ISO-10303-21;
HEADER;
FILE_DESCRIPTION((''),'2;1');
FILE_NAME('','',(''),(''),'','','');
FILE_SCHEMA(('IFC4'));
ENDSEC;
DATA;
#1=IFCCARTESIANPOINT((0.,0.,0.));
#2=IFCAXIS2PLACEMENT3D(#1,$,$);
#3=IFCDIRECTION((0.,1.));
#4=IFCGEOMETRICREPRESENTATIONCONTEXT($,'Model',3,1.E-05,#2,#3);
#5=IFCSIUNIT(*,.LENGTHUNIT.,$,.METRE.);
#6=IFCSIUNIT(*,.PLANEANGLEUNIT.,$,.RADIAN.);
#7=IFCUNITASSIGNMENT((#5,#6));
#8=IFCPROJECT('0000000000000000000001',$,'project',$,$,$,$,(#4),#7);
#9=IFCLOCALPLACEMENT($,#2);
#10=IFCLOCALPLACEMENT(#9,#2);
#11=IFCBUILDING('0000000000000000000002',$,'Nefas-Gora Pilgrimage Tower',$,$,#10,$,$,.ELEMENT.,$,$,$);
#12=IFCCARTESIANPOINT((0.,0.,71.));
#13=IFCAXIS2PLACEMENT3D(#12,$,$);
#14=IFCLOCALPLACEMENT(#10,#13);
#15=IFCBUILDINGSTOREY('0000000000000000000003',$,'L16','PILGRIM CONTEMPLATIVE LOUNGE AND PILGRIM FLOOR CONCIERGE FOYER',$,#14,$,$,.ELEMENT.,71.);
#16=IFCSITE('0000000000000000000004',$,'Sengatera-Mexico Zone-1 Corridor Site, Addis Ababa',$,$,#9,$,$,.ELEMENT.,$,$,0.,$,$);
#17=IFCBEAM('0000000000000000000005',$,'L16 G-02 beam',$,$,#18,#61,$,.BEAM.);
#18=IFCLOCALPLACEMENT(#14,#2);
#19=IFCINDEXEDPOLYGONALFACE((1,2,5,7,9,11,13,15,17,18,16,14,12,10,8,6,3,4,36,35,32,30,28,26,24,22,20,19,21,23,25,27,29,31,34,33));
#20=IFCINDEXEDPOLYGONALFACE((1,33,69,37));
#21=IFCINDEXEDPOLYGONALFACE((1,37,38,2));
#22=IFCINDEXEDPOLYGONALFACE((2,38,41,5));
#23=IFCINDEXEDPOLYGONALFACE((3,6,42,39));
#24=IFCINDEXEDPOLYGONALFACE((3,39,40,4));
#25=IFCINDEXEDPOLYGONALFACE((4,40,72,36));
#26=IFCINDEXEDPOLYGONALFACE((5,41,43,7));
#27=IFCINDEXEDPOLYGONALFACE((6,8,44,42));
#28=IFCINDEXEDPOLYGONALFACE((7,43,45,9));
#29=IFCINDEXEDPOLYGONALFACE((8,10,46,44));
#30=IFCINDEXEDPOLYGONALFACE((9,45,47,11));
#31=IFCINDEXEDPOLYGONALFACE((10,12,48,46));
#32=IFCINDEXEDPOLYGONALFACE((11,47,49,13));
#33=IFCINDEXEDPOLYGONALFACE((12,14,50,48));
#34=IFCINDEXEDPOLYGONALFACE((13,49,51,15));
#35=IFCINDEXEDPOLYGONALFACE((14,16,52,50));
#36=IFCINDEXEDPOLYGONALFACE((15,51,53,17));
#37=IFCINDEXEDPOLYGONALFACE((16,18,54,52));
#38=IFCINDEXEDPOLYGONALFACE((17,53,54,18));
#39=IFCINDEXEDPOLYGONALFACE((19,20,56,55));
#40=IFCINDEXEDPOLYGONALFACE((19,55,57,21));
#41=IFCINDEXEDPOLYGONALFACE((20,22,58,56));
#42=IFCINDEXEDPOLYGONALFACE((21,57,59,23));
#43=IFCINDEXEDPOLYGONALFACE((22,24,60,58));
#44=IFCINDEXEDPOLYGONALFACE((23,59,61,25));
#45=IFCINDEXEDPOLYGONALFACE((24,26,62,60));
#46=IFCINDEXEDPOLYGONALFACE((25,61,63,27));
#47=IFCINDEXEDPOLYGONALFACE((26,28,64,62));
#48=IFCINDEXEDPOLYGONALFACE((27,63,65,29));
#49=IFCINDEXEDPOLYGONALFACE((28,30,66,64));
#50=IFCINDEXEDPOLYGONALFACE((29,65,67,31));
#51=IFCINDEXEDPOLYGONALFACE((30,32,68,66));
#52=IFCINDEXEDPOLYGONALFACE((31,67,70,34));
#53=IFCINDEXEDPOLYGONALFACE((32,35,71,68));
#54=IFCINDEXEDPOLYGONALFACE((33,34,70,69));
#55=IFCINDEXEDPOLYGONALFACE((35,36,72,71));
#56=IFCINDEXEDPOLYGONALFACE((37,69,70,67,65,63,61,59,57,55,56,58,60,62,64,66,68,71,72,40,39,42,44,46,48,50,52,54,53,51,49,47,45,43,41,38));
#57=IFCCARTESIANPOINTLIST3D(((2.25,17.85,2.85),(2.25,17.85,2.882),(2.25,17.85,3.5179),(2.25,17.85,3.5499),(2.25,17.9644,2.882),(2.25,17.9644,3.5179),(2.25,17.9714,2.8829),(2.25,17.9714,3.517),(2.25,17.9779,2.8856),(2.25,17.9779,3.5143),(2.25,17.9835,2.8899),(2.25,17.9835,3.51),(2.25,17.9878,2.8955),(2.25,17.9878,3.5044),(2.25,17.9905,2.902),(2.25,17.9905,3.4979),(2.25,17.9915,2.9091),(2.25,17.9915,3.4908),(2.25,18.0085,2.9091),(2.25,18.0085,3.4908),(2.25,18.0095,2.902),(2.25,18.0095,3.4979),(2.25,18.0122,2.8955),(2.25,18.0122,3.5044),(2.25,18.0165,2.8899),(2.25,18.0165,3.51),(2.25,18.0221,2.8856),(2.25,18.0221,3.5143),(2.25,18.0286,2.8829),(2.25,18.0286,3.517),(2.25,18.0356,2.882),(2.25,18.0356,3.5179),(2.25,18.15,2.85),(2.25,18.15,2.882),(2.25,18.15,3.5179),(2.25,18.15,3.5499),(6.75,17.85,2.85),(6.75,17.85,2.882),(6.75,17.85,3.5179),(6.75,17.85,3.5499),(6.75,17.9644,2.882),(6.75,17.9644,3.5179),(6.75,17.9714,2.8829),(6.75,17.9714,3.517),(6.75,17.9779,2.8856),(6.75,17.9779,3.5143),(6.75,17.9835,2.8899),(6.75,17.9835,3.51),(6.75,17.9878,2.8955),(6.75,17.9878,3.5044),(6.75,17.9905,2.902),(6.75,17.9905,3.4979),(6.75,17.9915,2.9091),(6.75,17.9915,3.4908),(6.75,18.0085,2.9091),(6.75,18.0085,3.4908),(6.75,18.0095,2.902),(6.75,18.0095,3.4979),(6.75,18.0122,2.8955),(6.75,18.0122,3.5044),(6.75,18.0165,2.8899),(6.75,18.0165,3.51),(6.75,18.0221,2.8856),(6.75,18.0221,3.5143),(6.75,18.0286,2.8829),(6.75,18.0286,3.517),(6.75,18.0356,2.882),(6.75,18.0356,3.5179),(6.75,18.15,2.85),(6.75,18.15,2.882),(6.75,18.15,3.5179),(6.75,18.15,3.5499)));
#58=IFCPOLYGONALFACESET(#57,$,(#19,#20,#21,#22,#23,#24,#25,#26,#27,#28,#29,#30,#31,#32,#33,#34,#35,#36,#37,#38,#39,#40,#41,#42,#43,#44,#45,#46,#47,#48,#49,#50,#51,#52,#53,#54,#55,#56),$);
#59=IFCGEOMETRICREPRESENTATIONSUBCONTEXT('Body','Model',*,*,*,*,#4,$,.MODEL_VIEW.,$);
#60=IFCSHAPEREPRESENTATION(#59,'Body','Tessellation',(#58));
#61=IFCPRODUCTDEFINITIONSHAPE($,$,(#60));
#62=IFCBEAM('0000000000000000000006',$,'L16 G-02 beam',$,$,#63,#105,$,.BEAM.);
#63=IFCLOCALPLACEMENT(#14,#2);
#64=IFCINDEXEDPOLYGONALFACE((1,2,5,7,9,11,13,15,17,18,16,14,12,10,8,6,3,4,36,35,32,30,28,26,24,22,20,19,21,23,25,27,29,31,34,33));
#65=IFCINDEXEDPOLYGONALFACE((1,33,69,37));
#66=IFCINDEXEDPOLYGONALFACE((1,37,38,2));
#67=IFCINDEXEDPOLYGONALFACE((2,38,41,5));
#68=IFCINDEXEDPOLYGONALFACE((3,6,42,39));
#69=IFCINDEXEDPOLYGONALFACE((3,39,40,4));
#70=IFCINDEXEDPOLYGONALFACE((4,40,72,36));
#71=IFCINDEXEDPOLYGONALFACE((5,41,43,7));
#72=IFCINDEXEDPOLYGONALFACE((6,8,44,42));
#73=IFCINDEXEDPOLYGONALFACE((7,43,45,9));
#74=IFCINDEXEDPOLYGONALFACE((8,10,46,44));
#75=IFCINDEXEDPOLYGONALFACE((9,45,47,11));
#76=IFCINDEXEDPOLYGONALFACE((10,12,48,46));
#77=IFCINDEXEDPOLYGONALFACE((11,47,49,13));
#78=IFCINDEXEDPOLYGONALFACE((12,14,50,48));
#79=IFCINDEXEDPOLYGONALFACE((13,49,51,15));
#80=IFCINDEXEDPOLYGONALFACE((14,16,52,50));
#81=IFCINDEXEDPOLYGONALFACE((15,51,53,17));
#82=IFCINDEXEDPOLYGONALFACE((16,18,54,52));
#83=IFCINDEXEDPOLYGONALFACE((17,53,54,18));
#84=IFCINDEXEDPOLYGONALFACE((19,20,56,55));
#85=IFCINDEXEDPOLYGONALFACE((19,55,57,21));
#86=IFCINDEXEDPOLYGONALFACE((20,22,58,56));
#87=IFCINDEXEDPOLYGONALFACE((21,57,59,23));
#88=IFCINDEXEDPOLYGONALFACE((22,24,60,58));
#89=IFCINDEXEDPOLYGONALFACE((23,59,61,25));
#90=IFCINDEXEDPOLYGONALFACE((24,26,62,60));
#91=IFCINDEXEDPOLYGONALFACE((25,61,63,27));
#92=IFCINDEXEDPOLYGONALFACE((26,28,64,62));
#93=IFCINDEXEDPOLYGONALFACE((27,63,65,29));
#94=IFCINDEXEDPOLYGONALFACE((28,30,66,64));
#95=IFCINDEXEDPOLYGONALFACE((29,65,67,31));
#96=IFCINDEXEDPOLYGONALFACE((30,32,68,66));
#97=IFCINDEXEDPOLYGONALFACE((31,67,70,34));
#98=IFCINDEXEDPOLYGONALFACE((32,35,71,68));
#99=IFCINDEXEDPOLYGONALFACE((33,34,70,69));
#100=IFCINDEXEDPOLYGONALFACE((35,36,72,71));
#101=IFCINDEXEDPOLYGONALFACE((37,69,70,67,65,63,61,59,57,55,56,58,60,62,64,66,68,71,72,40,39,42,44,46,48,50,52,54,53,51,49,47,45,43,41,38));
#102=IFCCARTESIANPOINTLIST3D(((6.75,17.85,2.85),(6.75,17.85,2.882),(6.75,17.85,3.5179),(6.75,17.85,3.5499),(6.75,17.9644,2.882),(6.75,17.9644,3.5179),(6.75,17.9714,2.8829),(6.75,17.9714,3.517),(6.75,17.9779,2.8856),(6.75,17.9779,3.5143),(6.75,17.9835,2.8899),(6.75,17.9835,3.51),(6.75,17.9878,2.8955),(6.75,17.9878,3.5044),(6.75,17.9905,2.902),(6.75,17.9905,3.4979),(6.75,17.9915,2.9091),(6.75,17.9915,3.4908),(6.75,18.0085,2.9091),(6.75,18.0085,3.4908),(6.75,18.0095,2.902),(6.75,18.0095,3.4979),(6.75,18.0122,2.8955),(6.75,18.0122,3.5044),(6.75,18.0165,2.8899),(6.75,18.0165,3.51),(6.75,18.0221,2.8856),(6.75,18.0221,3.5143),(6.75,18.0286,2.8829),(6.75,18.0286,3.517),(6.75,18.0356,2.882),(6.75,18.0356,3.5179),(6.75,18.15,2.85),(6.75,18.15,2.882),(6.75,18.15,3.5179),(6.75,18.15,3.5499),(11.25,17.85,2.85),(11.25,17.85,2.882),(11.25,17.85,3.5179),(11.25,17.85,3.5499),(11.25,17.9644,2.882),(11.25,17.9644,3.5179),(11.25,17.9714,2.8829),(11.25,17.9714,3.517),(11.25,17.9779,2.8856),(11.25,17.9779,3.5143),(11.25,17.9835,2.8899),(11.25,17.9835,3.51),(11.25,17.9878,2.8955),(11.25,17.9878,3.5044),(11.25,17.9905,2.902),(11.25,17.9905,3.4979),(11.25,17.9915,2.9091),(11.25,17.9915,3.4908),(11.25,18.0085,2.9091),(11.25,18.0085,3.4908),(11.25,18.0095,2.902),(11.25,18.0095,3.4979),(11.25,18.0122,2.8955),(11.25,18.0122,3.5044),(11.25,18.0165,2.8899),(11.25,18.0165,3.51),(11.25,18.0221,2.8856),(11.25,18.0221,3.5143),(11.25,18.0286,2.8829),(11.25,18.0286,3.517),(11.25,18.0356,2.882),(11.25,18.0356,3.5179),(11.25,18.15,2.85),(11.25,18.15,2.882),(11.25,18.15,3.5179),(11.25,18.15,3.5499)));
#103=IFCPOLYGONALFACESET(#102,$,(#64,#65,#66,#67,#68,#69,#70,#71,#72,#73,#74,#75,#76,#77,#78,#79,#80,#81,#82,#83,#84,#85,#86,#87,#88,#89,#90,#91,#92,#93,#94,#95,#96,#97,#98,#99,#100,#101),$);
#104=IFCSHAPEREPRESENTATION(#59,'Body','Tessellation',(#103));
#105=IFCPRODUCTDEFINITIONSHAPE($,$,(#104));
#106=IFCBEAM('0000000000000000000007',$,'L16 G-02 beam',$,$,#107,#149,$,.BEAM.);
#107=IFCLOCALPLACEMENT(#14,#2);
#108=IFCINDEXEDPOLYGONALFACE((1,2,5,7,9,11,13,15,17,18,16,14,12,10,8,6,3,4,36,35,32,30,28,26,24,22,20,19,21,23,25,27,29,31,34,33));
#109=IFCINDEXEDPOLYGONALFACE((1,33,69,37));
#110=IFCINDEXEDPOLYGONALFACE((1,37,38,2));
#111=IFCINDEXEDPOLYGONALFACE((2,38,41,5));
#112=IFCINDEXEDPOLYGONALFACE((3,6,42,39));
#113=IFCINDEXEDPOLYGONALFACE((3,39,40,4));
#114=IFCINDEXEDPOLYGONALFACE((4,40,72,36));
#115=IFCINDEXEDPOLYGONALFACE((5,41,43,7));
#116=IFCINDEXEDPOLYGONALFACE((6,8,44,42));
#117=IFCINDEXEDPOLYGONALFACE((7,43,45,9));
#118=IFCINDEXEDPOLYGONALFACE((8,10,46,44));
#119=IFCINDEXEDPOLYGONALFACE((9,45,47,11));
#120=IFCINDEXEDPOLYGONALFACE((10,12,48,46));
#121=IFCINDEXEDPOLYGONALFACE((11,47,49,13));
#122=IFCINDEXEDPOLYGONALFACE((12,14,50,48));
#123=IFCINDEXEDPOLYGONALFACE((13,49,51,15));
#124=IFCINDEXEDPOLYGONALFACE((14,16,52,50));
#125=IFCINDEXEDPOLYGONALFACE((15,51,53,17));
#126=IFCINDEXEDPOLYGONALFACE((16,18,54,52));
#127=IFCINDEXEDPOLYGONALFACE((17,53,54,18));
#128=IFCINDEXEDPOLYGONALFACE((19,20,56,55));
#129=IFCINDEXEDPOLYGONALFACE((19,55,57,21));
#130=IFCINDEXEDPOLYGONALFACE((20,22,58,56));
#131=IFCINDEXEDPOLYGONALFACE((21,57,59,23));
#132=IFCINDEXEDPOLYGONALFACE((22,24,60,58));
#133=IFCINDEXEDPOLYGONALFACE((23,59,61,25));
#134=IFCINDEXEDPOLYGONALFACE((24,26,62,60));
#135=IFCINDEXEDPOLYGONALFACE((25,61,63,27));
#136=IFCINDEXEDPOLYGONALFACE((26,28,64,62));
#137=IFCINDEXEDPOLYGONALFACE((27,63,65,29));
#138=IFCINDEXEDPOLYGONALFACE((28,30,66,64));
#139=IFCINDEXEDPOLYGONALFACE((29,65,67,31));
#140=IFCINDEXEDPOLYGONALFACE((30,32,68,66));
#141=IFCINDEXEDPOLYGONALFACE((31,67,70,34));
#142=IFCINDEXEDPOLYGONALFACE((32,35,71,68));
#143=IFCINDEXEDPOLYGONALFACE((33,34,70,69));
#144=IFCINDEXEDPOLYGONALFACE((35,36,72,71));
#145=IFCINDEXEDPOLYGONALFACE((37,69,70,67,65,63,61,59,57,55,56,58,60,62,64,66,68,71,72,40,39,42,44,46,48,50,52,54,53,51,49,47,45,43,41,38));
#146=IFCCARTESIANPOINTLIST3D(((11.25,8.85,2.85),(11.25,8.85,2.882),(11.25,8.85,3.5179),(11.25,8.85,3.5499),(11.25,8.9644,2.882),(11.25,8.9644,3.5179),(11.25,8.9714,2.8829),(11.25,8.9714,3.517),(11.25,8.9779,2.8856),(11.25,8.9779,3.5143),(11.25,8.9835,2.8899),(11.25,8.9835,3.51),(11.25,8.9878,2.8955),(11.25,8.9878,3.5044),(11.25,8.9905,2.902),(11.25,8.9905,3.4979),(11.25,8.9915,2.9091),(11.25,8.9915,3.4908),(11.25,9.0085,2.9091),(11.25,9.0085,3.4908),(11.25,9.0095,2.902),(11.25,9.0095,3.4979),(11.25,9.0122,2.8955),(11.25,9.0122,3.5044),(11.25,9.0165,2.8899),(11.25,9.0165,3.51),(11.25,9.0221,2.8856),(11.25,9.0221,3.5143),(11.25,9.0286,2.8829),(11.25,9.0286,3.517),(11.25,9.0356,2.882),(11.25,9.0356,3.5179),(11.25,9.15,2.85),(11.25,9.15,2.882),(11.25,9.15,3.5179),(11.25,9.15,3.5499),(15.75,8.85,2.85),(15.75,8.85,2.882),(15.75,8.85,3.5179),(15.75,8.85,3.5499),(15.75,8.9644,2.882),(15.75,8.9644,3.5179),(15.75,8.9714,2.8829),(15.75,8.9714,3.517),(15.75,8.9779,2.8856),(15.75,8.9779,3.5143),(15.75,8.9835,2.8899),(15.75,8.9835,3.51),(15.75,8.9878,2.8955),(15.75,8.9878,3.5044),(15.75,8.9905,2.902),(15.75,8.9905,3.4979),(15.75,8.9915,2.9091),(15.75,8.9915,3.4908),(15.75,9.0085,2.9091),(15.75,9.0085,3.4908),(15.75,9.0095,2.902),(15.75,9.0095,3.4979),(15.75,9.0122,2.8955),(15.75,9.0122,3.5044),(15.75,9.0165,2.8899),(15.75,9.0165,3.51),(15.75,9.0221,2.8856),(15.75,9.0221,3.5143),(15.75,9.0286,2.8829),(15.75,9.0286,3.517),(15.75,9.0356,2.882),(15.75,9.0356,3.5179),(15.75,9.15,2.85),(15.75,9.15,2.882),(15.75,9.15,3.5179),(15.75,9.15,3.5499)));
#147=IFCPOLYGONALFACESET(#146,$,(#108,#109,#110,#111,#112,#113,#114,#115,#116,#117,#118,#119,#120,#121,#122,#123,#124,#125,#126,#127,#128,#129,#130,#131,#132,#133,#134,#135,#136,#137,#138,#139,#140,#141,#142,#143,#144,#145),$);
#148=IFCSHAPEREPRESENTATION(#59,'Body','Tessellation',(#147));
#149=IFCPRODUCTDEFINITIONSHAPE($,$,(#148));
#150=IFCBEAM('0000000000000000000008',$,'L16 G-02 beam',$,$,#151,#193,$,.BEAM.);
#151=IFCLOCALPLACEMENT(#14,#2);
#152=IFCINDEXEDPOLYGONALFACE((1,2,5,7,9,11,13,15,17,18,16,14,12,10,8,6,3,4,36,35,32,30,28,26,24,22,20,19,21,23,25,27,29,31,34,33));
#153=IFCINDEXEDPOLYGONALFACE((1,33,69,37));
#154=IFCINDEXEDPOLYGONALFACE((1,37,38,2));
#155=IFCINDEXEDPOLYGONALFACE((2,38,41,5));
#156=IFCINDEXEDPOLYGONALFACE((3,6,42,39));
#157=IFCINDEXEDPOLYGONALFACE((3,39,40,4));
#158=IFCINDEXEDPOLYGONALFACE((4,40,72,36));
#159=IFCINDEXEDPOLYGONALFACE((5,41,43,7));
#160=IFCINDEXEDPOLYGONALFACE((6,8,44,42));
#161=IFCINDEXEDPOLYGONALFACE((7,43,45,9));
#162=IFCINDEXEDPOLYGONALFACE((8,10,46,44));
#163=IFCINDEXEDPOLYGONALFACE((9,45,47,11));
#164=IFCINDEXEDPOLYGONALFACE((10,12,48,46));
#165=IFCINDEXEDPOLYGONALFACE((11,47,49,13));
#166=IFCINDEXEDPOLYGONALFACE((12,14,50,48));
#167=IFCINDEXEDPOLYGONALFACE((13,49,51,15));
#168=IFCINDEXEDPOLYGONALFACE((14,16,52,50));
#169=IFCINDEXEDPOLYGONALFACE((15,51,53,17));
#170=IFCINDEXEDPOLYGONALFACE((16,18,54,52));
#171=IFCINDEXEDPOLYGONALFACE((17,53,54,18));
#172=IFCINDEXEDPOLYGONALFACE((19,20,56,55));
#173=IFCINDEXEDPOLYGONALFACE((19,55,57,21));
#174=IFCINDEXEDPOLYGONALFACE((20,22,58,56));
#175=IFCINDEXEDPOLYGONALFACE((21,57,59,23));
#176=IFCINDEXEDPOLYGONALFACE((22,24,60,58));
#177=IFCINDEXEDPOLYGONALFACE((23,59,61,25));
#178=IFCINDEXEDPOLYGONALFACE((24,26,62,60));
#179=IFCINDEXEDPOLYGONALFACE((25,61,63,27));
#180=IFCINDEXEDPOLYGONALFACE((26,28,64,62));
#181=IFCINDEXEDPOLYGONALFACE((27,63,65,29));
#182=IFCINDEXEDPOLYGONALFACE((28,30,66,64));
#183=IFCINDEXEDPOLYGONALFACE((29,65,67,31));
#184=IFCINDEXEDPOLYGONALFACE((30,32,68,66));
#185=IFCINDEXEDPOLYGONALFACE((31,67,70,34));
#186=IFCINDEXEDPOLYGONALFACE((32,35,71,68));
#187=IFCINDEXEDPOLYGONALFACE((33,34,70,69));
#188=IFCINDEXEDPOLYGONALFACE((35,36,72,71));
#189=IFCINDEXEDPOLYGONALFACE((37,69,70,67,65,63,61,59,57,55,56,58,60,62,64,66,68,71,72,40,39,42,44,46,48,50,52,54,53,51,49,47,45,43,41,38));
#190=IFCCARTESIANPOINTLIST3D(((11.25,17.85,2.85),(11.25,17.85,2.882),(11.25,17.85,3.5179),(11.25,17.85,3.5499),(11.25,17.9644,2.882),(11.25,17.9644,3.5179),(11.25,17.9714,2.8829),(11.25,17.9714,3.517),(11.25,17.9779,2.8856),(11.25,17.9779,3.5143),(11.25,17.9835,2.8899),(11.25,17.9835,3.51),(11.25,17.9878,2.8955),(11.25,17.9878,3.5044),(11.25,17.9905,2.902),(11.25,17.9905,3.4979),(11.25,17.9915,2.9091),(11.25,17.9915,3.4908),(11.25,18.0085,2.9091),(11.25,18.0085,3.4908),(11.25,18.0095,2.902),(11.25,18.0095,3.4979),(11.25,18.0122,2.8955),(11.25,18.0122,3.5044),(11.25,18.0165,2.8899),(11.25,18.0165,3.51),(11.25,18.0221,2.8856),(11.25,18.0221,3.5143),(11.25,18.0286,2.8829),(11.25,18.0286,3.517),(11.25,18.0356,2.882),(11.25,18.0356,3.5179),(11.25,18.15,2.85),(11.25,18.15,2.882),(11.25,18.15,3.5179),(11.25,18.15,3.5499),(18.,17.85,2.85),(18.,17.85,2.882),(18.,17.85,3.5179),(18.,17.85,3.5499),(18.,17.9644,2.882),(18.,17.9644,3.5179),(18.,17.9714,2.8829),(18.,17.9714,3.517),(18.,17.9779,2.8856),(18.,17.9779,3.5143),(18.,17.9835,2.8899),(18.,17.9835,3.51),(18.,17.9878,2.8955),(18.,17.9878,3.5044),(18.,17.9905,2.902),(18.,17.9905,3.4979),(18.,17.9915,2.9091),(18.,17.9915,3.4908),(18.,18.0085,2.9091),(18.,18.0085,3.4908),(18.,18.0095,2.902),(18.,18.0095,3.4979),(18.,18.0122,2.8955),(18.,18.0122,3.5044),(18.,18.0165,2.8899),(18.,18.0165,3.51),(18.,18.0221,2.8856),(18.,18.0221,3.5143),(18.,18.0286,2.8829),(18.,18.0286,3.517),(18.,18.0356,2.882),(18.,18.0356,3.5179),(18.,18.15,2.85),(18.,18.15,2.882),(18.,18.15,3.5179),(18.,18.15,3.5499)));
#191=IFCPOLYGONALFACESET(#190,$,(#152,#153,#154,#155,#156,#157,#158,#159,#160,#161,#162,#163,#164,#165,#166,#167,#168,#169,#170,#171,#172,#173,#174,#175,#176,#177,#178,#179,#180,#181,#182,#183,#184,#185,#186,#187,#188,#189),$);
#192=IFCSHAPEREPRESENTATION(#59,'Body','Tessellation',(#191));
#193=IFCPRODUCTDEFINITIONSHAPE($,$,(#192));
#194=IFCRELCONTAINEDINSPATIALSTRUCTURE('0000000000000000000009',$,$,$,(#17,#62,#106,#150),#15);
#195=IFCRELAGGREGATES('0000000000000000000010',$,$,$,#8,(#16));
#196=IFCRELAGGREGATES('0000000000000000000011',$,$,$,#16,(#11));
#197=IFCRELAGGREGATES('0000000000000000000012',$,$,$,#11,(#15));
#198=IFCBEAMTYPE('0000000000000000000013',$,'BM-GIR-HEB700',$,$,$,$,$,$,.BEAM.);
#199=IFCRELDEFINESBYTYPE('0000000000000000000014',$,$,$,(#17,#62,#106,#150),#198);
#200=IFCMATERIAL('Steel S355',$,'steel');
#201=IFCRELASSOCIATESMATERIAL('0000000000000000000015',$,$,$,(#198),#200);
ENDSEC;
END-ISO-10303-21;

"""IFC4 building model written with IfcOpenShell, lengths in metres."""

from ifc_helpers import new_model, si_unit, direction, frame, origin, origin_2d, place, context, subcontext, project, spatial, i_section, extrude, source, transform, mapped, material, material_profile, profile_set, type_object, element, save


model = new_model("IFC4")

# Units and contexts
model_context = context("Model", 3, precision=1e-05, world=origin(), true_north=direction((0.0, 1.0)))
body_context = subcontext(model_context, "Body", "Model", "MODEL_VIEW")
ifc_project = project(units=[si_unit("LENGTHUNIT", "METRE"), si_unit("PLANEANGLEUNIT", "RADIAN")], contexts=[model_context])

# Site, building, storey
site_placement = place(None, origin())
site = spatial("IfcSite", under=ifc_project, at=site_placement, Name="Sengatera-Mexico Zone-1 Corridor Site, Addis Ababa", CompositionType="ELEMENT", RefElevation=0.0)
building_placement = place(site_placement, origin())
building = spatial("IfcBuilding", under=site, at=building_placement, Name="Nefas-Gora Pilgrimage Tower", CompositionType="ELEMENT")
storey_placement = place(building_placement, frame((0.0, 0.0, 71.0)))
storey = spatial("IfcBuildingStorey", under=building, at=storey_placement, Name="L16", Description="PILGRIM CONTEMPLATIVE LOUNGE AND PILGRIM FLOOR CONCIERGE FOYER", CompositionType="ELEMENT", Elevation=71.0)

# Beams
ifc_material_1 = material(Name="Steel S355", Category="steel")
ifc_material_profile_1 = material_profile(ifc_material_1, i_section(OverallWidth=0.3, OverallDepth=0.7, WebThickness=0.0171, FlangeThickness=0.032, FilletRadius=0.0271, at=origin_2d()), Name="HEB 700")
ifc_profile_set_1 = profile_set([ifc_material_profile_1], Name="Steel S355")
beam_type_1 = type_object("IfcBeamType", Name="BM-GIR-HEB700", PredefinedType="BEAM", material=ifc_profile_set_1)
shared_shape_1 = source(origin(), body_context, "Body", "SweptSolid", [
    extrude(i_section(OverallWidth=0.3, OverallDepth=0.7, WebThickness=0.0171, FlangeThickness=0.032, FilletRadius=0.0271, at=origin_2d()), origin(), (0.0, 0.0, 1.0), 4.5),
])
for number, where, z_axis, x_axis, name in (
    (1, (2.25, 18.0, 3.2), (1.0, 0.0, 0.0), (0.0, 1.0, 0.0), "L16 G-02 beam"),
    (2, (6.75, 18.0, 3.2), (1.0, 0.0, 0.0), (0.0, 1.0, 0.0), "L16 G-02 beam"),
    (3, (11.25, 9.0, 3.2), (1.0, 0.0, 0.0), (0.0, 1.0, 0.0), "L16 G-02 beam"),
):
    element("IfcBeam", number, at=place(storey_placement, frame(where, z_axis=z_axis, x_axis=x_axis)), inside=storey, type_object=beam_type_1, Name=name, PredefinedType="BEAM", context=body_context, shape_type="MappedRepresentation", body=[
        mapped(shared_shape_1, transform((0.0, 0.0, 0.0), x_axis=(1.0, 0.0, 0.0), y_axis=(0.0, 1.0, 0.0), z_axis=(0.0, 0.0, 1.0), scale=1.0)),
    ])
shared_shape_2 = source(origin(), body_context, "Body", "SweptSolid", [
    extrude(i_section(OverallWidth=0.3, OverallDepth=0.7, WebThickness=0.0171, FlangeThickness=0.032, FilletRadius=0.0271, at=origin_2d()), origin(), (0.0, 0.0, 1.0), 6.75),
])
beam_1_placement = place(storey_placement, frame((11.25, 18.0, 3.2), z_axis=(1.0, 0.0, 0.0), x_axis=(0.0, 1.0, 0.0)))
element("IfcBeam", 4, at=beam_1_placement, inside=storey, type_object=beam_type_1, Name="L16 G-02 beam", PredefinedType="BEAM", context=body_context, shape_type="MappedRepresentation", body=[
    mapped(shared_shape_2, transform((0.0, 0.0, 0.0), x_axis=(1.0, 0.0, 0.0), y_axis=(0.0, 1.0, 0.0), z_axis=(0.0, 0.0, 1.0), scale=1.0)),
])

save(model, "model.ifc")
